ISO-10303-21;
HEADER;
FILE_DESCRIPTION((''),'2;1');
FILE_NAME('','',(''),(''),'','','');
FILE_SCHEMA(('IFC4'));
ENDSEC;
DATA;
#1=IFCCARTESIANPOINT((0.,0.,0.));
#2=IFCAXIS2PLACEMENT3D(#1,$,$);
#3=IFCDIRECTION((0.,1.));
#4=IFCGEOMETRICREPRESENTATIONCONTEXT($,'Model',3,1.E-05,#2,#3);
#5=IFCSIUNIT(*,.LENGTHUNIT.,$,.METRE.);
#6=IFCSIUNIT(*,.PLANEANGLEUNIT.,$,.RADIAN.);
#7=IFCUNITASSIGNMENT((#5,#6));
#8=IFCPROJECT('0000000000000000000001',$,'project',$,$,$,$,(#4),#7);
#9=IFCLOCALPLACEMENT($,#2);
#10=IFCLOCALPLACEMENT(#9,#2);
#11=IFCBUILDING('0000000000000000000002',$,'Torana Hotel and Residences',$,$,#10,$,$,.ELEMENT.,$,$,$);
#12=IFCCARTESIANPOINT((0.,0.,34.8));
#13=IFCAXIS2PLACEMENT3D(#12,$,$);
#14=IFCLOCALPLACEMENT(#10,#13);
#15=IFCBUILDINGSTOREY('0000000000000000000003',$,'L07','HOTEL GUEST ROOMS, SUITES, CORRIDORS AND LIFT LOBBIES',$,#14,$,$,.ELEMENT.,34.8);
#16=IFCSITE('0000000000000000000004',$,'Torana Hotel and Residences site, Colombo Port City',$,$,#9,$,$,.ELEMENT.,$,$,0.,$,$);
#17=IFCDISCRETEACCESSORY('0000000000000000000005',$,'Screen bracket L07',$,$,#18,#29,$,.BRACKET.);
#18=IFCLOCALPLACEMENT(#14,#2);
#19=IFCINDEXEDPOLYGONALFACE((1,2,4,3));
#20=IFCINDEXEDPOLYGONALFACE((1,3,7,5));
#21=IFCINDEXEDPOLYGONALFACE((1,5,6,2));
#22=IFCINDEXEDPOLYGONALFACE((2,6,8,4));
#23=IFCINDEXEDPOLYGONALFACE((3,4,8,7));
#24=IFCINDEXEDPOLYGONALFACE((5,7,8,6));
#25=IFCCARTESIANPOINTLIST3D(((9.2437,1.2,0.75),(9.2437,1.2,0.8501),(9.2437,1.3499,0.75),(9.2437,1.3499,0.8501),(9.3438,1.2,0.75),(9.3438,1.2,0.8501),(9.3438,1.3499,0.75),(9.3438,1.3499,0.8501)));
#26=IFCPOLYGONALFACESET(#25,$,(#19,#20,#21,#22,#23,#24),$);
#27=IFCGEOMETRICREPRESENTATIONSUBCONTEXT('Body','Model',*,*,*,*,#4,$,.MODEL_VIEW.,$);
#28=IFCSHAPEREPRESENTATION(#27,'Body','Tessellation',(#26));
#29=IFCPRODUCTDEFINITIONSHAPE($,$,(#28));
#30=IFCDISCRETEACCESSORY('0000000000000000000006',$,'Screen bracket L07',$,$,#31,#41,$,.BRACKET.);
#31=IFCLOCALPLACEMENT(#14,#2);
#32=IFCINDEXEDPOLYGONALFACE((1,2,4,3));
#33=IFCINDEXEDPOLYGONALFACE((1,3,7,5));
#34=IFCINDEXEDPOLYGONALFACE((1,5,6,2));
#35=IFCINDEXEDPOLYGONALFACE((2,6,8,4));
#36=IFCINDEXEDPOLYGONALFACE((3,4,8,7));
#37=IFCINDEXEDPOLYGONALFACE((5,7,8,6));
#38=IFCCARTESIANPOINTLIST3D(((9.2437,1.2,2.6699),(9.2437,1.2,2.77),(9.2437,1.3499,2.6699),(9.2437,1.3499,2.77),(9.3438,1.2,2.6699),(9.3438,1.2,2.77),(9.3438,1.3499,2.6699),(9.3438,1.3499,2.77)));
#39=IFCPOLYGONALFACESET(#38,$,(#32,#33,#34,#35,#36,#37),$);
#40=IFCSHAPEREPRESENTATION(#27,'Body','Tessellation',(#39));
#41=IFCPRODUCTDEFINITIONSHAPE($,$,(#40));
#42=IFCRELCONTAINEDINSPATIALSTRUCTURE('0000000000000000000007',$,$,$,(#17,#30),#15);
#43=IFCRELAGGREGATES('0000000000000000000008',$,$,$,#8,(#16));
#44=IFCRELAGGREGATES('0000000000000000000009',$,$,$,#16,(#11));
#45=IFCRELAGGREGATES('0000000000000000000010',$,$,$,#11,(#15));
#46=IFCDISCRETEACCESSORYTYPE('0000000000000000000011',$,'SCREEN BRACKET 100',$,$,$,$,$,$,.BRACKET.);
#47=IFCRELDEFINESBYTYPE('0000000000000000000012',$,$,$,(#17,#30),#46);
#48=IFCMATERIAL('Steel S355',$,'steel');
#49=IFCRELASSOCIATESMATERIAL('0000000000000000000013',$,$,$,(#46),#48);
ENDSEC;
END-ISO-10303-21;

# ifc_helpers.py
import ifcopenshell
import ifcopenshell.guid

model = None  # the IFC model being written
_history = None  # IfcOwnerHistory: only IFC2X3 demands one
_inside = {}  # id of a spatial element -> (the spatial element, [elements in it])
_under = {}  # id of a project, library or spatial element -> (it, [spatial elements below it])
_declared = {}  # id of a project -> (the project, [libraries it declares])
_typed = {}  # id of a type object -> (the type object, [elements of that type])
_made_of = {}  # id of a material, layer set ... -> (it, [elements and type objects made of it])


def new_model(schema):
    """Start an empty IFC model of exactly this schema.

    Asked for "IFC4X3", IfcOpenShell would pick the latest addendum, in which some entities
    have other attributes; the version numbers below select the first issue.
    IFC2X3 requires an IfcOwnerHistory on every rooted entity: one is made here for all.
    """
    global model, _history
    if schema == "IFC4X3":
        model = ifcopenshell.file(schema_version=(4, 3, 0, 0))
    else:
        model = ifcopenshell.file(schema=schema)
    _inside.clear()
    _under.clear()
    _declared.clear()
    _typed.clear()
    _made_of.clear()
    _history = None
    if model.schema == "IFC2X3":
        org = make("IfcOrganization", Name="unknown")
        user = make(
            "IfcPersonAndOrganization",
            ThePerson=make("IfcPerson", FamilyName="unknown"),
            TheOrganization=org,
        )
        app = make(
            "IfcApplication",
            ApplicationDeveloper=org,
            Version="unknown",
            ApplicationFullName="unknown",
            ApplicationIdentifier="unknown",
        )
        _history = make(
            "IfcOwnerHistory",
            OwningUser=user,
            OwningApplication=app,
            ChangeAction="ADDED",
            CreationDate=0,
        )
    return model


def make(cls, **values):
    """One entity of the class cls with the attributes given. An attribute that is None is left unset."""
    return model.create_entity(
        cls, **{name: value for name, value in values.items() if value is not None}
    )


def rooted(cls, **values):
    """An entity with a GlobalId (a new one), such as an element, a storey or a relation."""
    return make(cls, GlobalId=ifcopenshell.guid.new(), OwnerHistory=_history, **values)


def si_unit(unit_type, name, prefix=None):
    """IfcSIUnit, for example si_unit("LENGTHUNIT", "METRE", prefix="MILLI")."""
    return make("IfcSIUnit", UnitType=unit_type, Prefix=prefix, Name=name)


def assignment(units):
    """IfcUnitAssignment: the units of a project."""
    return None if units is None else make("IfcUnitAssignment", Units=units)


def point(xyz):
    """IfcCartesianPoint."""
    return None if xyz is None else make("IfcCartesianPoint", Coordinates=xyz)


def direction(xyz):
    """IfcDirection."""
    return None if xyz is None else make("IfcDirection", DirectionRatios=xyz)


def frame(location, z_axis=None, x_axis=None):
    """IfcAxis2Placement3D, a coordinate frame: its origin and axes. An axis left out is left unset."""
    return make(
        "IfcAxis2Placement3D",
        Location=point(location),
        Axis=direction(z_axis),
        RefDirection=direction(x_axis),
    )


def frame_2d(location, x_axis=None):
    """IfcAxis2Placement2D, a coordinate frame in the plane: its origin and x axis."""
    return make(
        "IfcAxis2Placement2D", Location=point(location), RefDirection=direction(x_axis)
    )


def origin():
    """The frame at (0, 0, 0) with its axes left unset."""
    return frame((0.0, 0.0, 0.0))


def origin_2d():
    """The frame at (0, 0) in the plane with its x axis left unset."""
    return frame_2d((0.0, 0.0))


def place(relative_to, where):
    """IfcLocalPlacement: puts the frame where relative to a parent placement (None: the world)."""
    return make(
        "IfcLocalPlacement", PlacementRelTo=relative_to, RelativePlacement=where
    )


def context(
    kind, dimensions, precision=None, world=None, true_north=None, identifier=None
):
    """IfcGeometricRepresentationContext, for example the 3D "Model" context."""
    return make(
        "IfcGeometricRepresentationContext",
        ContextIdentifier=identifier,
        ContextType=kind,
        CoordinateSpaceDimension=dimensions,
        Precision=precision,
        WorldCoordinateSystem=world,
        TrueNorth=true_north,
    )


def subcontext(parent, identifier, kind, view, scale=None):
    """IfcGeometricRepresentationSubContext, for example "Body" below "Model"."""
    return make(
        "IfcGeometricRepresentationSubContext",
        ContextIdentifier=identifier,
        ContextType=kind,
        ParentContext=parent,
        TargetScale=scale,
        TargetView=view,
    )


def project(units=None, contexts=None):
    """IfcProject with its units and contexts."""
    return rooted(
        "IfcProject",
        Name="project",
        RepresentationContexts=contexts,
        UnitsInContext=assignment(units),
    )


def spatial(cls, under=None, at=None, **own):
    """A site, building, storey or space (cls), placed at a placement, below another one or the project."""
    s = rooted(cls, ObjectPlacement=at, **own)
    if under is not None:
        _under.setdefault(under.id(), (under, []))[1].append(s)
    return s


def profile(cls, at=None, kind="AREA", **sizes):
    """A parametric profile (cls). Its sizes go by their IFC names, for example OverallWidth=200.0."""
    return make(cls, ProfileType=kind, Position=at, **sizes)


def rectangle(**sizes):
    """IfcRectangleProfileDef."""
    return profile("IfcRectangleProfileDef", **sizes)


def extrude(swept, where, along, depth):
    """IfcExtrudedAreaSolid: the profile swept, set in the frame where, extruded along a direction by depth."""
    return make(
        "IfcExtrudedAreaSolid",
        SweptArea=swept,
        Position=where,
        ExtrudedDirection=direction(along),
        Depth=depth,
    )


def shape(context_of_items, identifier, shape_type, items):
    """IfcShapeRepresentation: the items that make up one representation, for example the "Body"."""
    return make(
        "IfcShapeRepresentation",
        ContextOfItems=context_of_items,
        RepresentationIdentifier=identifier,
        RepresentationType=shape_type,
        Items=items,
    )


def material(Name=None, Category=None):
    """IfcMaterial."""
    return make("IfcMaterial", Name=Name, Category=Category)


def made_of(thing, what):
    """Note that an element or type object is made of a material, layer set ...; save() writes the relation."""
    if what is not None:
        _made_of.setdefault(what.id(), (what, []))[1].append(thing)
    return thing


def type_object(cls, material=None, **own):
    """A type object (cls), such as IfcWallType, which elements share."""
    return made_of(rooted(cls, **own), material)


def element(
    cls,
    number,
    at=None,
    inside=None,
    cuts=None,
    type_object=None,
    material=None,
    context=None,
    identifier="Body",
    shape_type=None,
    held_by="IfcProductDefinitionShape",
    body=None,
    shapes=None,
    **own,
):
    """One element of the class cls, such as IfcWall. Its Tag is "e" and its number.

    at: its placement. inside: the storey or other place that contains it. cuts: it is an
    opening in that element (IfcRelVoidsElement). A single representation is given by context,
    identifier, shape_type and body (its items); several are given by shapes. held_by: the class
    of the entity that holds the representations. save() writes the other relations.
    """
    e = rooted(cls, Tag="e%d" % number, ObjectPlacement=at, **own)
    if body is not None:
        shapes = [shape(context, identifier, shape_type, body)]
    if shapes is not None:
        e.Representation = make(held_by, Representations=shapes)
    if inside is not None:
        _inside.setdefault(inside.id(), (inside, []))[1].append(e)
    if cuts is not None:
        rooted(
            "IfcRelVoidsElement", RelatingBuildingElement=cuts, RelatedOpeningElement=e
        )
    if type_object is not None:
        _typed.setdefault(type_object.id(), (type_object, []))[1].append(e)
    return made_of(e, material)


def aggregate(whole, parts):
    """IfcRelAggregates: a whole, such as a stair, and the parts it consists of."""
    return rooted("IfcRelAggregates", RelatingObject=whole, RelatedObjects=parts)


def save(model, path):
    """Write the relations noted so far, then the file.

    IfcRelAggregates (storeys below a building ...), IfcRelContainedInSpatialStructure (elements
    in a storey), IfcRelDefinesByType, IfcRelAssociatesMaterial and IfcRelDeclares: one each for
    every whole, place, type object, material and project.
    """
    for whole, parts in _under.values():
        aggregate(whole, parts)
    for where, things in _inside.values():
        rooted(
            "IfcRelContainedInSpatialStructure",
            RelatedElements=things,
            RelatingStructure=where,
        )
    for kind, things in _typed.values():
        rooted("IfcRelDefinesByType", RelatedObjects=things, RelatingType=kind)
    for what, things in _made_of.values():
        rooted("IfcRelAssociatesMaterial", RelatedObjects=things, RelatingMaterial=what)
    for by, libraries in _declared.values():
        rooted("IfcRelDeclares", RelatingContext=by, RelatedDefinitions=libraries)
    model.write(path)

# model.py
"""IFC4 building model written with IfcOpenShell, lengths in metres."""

from ifc_helpers import new_model, si_unit, direction, frame, origin, origin_2d, place, context, subcontext, project, spatial, rectangle, extrude, material, type_object, element, save


model = new_model("IFC4")

# Units and contexts
model_context = context("Model", 3, precision=1e-05, world=origin(), true_north=direction((0.0, 1.0)))
body_context = subcontext(model_context, "Body", "Model", "MODEL_VIEW")
ifc_project = project(units=[si_unit("LENGTHUNIT", "METRE"), si_unit("PLANEANGLEUNIT", "RADIAN")], contexts=[model_context])

# Site, building, storey
site_placement = place(None, origin())
site = spatial("IfcSite", under=ifc_project, at=site_placement, Name="Torana Hotel and Residences site, Colombo Port City", CompositionType="ELEMENT", RefElevation=0.0)
building_placement = place(site_placement, origin())
building = spatial("IfcBuilding", under=site, at=building_placement, Name="Torana Hotel and Residences", CompositionType="ELEMENT")
storey_placement = place(building_placement, frame((0.0, 0.0, 34.8)))
storey = spatial("IfcBuildingStorey", under=building, at=storey_placement, Name="L07", Description="HOTEL GUEST ROOMS, SUITES, CORRIDORS AND LIFT LOBBIES", CompositionType="ELEMENT", Elevation=34.8)

# Discrete accessories
ifc_material_1 = material(Name="Steel S355", Category="steel")
discrete_accessory_type = type_object("IfcDiscreteAccessoryType", Name="SCREEN BRACKET 100", PredefinedType="BRACKET", material=ifc_material_1)
for number, where, z_axis, x_axis, name in (
    (1, (9.2937, 1.2749, 0.75), (0.0, 0.0, 1.0), (-1.0, 0.0, 0.0), "Screen bracket L07"),
    (2, (9.2937, 1.2749, 2.6699), (0.0, 0.0, 1.0), (-1.0, 0.0, 0.0), "Screen bracket L07"),
):
    element("IfcDiscreteAccessory", number, at=place(storey_placement, frame(where, z_axis=z_axis, x_axis=x_axis)), inside=storey, type_object=discrete_accessory_type, Name=name, PredefinedType="BRACKET", context=body_context, shape_type="SweptSolid", body=[
        extrude(rectangle(XDim=0.1001, YDim=0.1499, at=origin_2d()), origin(), (0.0, 0.0, 1.0), 0.1001),
    ])

save(model, "model.ifc")
